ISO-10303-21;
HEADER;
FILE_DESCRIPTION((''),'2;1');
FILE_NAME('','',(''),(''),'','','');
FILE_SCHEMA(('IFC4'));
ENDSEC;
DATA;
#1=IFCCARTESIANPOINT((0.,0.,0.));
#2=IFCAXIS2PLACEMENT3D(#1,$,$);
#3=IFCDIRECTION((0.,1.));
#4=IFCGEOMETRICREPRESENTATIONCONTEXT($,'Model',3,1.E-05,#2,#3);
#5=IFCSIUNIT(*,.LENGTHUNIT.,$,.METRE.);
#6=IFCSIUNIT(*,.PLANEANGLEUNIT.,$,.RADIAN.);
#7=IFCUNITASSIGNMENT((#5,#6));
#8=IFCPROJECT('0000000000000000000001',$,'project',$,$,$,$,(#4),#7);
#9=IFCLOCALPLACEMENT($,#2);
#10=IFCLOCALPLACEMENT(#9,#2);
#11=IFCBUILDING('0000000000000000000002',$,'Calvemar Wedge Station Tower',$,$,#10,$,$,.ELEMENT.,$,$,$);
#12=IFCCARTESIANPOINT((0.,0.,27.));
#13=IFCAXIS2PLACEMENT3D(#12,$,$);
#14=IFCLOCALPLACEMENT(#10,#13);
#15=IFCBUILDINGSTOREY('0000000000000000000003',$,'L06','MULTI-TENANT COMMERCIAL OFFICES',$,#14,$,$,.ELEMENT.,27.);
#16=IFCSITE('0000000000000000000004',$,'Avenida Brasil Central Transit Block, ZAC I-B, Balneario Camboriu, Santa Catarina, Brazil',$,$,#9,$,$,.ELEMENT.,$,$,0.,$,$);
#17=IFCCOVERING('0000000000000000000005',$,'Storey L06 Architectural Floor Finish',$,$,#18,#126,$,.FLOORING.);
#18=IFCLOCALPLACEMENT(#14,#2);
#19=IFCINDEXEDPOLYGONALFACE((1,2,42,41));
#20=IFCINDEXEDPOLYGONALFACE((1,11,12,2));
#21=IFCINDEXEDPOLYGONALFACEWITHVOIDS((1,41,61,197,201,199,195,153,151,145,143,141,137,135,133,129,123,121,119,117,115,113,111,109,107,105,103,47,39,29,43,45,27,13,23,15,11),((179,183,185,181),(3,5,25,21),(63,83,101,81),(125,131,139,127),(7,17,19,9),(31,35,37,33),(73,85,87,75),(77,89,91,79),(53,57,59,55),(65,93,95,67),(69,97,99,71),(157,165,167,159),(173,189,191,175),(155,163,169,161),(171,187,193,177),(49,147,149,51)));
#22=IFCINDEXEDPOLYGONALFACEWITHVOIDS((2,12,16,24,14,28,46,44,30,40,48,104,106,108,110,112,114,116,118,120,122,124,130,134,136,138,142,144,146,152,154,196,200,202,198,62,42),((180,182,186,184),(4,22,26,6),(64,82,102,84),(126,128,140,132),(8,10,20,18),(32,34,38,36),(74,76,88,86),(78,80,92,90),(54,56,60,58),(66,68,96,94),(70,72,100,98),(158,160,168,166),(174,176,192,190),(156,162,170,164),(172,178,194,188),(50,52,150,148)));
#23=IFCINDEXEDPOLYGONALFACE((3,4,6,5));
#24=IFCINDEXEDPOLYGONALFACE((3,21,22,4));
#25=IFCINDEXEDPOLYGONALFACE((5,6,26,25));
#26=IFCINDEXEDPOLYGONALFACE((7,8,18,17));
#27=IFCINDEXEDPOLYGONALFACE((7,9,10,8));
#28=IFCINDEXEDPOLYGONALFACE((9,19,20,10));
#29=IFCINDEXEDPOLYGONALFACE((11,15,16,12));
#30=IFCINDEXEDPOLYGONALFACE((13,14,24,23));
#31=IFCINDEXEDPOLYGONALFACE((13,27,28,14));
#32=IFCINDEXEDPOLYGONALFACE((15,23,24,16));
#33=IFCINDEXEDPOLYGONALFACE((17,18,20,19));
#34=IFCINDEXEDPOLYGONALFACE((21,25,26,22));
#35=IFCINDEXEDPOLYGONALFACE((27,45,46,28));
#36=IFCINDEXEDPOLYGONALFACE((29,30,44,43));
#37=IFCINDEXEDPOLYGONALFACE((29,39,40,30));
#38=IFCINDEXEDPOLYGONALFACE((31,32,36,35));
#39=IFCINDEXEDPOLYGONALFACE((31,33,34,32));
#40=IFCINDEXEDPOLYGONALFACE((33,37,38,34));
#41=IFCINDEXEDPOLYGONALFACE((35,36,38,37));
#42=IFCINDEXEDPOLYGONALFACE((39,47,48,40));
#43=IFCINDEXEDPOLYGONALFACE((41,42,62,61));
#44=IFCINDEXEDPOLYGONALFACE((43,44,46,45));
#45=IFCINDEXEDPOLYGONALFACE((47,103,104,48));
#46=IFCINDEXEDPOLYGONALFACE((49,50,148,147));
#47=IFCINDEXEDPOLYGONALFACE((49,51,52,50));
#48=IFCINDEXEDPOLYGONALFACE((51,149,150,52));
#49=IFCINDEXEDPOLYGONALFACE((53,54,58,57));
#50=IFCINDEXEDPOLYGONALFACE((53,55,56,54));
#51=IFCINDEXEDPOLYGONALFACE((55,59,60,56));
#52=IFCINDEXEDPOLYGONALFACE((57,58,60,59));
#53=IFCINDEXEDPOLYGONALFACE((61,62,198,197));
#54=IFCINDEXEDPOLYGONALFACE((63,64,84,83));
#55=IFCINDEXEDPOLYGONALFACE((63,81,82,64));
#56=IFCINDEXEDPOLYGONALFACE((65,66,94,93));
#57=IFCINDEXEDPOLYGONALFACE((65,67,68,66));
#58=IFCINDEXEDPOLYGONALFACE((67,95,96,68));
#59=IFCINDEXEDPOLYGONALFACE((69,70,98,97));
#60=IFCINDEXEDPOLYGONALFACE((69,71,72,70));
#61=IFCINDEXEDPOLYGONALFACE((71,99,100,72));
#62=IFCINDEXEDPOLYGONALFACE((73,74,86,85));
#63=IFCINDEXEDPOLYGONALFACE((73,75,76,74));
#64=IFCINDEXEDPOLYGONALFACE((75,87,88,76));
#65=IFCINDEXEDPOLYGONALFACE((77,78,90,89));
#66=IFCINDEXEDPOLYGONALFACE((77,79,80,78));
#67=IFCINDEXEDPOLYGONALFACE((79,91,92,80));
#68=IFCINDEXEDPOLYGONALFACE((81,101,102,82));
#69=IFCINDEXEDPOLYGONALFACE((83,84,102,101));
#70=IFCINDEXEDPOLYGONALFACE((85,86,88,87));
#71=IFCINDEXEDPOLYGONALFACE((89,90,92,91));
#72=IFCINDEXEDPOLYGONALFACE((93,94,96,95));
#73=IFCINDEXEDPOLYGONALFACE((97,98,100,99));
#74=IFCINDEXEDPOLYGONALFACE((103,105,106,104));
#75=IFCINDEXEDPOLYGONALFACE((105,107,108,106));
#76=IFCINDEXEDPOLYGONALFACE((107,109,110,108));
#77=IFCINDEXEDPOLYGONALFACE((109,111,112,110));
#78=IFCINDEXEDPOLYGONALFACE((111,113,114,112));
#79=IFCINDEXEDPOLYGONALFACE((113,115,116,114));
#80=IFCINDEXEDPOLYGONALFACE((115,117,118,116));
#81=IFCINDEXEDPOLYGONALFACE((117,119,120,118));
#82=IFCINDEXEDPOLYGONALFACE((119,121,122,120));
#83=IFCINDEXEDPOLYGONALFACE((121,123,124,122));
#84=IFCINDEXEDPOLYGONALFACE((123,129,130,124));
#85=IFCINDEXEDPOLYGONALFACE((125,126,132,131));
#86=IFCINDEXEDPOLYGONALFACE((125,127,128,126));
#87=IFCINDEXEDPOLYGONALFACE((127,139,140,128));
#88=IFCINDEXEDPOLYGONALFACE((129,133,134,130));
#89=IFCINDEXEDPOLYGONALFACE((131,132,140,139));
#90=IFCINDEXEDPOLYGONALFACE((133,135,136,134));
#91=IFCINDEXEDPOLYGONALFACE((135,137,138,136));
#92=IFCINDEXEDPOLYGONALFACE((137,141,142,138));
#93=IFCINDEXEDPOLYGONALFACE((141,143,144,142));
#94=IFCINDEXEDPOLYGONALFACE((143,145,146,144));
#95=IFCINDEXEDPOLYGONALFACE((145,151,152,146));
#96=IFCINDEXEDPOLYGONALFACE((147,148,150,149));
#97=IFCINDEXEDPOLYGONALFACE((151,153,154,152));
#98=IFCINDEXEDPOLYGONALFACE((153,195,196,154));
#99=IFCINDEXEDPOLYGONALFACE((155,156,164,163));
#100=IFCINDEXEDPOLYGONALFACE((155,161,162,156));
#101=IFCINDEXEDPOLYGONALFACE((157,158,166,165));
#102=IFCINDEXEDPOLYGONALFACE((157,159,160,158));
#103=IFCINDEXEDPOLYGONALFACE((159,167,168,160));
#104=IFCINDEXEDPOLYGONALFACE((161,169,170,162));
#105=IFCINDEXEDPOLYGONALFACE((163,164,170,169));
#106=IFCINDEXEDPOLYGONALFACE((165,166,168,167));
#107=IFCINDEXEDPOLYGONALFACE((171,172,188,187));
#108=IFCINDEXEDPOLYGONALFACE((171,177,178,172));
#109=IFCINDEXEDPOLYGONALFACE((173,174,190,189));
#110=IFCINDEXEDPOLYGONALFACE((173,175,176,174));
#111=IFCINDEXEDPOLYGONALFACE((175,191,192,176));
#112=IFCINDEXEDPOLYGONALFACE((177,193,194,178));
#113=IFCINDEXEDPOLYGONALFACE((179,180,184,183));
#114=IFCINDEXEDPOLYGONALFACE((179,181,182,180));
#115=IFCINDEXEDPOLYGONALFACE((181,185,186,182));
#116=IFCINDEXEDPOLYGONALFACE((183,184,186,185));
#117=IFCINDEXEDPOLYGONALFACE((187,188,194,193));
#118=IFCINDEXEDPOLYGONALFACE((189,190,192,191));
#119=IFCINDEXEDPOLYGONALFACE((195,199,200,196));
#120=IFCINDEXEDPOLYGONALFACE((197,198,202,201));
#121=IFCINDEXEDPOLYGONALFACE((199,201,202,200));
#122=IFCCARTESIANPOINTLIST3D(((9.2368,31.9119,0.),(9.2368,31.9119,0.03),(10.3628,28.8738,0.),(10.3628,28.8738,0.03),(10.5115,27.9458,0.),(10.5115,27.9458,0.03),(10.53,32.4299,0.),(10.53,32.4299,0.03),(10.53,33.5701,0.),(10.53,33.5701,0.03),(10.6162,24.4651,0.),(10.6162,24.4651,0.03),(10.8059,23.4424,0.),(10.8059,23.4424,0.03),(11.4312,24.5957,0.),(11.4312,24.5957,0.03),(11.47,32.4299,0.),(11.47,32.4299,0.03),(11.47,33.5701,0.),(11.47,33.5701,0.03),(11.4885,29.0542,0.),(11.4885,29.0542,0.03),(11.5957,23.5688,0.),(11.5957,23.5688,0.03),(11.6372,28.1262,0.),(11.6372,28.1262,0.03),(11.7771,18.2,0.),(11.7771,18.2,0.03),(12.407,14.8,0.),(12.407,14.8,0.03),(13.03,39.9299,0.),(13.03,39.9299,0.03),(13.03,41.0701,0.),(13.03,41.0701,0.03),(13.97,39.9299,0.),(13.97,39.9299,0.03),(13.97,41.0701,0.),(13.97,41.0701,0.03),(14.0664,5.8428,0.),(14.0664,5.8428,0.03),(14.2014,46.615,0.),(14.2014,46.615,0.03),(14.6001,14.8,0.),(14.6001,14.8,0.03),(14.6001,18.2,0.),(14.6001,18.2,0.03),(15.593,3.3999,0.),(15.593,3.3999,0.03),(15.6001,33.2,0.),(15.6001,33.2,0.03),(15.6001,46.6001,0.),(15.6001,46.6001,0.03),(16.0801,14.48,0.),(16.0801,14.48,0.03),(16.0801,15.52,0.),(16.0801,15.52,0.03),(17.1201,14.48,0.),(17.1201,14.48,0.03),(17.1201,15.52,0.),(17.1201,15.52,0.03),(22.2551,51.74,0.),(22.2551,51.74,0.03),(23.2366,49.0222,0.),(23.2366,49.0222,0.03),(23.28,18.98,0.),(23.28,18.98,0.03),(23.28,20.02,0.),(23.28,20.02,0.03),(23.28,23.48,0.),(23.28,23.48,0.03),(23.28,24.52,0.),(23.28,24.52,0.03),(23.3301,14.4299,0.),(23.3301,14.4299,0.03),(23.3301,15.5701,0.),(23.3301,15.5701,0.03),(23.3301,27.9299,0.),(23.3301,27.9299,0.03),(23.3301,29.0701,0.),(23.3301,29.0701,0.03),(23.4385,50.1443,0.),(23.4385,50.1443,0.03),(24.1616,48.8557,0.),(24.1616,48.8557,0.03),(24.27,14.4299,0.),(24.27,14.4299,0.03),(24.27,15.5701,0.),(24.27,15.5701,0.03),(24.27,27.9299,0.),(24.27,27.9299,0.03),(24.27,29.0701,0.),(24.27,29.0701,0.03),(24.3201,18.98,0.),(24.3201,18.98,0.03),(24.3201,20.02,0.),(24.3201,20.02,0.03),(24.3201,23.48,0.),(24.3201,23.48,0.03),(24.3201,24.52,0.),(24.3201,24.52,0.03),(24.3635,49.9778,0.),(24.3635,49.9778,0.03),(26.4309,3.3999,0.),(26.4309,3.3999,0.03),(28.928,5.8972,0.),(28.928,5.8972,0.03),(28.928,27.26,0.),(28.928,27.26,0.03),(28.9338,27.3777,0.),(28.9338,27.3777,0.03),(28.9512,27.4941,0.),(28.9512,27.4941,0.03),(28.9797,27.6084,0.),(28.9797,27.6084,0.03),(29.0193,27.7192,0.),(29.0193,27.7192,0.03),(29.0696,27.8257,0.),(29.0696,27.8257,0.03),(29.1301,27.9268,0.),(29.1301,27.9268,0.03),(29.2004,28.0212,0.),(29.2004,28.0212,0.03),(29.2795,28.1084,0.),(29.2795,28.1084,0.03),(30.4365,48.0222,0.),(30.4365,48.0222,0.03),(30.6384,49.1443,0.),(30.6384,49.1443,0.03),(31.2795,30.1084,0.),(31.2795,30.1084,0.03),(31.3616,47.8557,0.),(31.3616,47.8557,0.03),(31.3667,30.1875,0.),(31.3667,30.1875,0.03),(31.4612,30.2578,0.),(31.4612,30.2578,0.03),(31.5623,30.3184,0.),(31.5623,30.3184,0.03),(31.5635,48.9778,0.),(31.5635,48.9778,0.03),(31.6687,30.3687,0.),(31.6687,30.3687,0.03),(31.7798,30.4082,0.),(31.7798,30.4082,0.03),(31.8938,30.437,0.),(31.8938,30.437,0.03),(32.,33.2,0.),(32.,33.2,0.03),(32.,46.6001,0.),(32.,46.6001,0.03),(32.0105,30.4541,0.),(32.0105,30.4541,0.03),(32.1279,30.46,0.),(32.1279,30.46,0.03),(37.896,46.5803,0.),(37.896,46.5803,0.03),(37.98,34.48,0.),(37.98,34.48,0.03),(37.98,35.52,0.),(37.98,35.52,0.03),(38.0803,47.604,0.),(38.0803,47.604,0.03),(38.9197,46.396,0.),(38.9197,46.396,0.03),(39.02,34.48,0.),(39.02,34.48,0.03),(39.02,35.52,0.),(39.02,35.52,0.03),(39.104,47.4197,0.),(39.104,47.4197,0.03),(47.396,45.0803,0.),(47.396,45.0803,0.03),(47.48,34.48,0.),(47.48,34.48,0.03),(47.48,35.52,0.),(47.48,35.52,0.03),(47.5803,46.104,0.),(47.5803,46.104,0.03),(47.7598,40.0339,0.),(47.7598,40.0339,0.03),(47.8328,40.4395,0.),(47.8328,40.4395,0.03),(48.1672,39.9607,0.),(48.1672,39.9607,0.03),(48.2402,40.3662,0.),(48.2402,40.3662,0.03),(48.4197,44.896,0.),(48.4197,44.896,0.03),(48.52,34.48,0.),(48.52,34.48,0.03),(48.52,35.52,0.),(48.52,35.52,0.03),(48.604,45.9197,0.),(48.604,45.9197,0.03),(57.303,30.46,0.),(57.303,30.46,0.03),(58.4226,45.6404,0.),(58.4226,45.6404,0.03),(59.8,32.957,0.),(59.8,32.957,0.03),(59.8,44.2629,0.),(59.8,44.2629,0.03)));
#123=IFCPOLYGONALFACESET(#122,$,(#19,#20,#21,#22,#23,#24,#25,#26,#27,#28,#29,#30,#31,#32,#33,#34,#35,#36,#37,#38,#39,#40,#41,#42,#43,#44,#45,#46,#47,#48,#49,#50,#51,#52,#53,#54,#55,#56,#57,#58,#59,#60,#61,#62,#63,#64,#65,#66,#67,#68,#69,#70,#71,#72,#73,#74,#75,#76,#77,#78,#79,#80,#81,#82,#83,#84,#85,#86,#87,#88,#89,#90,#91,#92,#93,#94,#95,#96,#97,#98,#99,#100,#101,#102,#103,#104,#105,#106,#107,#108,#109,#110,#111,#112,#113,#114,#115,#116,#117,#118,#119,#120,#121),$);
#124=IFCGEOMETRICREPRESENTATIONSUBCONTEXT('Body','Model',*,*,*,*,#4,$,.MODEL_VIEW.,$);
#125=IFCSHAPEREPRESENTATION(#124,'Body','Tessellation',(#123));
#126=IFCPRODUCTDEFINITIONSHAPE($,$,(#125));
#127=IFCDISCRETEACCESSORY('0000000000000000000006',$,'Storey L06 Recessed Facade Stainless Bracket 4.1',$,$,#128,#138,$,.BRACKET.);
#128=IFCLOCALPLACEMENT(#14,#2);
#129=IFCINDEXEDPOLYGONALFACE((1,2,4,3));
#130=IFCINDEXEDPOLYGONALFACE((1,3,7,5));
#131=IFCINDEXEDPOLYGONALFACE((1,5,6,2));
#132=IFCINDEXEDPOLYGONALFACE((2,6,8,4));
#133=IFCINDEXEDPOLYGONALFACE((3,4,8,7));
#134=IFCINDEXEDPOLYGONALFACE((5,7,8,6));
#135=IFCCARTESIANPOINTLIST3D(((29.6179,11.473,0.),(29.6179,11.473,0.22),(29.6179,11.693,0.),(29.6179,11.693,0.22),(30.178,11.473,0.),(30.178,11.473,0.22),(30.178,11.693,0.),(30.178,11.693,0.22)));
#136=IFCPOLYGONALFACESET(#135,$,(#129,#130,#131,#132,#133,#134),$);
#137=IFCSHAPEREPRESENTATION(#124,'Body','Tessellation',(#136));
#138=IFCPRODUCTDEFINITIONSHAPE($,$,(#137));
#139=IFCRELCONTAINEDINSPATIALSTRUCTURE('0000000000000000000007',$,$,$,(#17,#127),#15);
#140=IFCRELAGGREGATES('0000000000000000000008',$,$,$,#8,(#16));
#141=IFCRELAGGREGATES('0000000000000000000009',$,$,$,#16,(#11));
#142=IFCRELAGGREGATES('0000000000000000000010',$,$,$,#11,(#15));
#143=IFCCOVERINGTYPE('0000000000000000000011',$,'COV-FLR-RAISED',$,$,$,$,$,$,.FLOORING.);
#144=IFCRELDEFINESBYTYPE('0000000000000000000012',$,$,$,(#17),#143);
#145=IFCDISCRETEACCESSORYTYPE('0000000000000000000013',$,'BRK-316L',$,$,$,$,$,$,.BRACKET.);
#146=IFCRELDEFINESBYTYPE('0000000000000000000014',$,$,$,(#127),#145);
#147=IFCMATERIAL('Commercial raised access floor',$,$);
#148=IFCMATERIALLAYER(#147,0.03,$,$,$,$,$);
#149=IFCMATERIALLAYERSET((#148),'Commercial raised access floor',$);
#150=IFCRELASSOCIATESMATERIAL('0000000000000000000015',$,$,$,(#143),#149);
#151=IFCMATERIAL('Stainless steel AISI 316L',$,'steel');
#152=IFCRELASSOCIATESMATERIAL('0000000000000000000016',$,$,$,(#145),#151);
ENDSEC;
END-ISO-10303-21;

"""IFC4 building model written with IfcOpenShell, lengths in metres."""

from ifc_helpers import new_model, si_unit, direction, frame, origin, origin_2d, place, context, subcontext, project, spatial, polyline, rectangle, outline, extrude, source, transform, mapped, material, layer, layer_set, type_object, element, save


model = new_model("IFC4")

# Units and contexts
model_context = context("Model", 3, precision=1e-05, world=origin(), true_north=direction((0.0, 1.0)))
body_context = subcontext(model_context, "Body", "Model", "MODEL_VIEW")
ifc_project = project(units=[si_unit("LENGTHUNIT", "METRE"), si_unit("PLANEANGLEUNIT", "RADIAN")], contexts=[model_context])

# Site, building, storey
site_placement = place(None, origin())
site = spatial("IfcSite", under=ifc_project, at=site_placement, Name="Avenida Brasil Central Transit Block, ZAC I-B, Balneario Camboriu, Santa Catarina, Brazil", CompositionType="ELEMENT", RefElevation=0.0)
building_placement = place(site_placement, origin())
building = spatial("IfcBuilding", under=site, at=building_placement, Name="Calvemar Wedge Station Tower", CompositionType="ELEMENT")
storey_placement = place(building_placement, frame((0.0, 0.0, 27.0)))
storey = spatial("IfcBuildingStorey", under=building, at=storey_placement, Name="L06", Description="MULTI-TENANT COMMERCIAL OFFICES", CompositionType="ELEMENT", Elevation=27.0)

# Covering
ifc_material_1 = material(Name="Commercial raised access floor")
ifc_layer_1 = layer(ifc_material_1, 0.03)
ifc_layer_set_1 = layer_set([ifc_layer_1], Name="Commercial raised access floor")
covering_type_1 = type_object("IfcCoveringType", Name="COV-FLR-RAISED", PredefinedType="FLOORING", material=ifc_layer_set_1)
covering_1_placement = place(storey_placement, origin())
element("IfcCovering", 1, at=covering_1_placement, inside=storey, type_object=covering_type_1, Name="Storey L06 Architectural Floor Finish", PredefinedType="FLOORING", context=body_context, shape_type="SweptSolid", body=[
    extrude(outline(polyline([(29.2795, 28.1084), (31.2795, 30.1084), (31.3667, 30.1875), (31.4612, 30.2578), (31.5623, 30.3184), (31.6687, 30.3687), (31.7798, 30.4082), (31.8938, 30.437), (32.0105, 30.4541), (32.1279, 30.46), (57.303, 30.46), (59.8, 32.957), (59.8, 44.2629), (58.4226, 45.6404), (22.2551, 51.74), (14.2014, 46.615), (9.2368, 31.9119), (10.6162, 24.4651), (11.4312, 24.5957), (11.5957, 23.5688), (10.8059, 23.4424), (11.7771, 18.2), (14.6001, 18.2), (14.6001, 14.8), (12.407, 14.8), (14.0664, 5.8428), (15.593, 3.3999), (26.4309, 3.3999), (28.928, 5.8972), (28.928, 27.26), (28.9338, 27.3777), (28.9512, 27.4941), (28.9797, 27.6084), (29.0193, 27.7192), (29.0696, 27.8257), (29.1301, 27.9268), (29.2004, 28.0212), (29.2795, 28.1084)]), holes=[polyline([(15.6001, 46.6001), (32.0, 46.6001), (32.0, 33.2), (15.6001, 33.2), (15.6001, 46.6001)]), polyline([(10.53, 32.4299), (10.53, 33.5701), (11.47, 33.5701), (11.47, 32.4299), (10.53, 32.4299)]), polyline([(13.03, 41.0701), (13.97, 41.0701), (13.97, 39.9299), (13.03, 39.9299), (13.03, 41.0701)]), polyline([(24.3635, 49.9778), (24.1616, 48.8557), (23.2366, 49.0222), (23.4385, 50.1443), (24.3635, 49.9778)]), polyline([(31.3616, 47.8557), (30.4365, 48.0222), (30.6384, 49.1443), (31.5635, 48.9778), (31.3616, 47.8557)]), polyline([(37.896, 46.5803), (38.0803, 47.604), (39.104, 47.4197), (38.9197, 46.396), (37.896, 46.5803)]), polyline([(47.5803, 46.104), (48.604, 45.9197), (48.4197, 44.896), (47.396, 45.0803), (47.5803, 46.104)]), polyline([(39.02, 35.52), (39.02, 34.48), (37.98, 34.48), (37.98, 35.52), (39.02, 35.52)]), polyline([(48.52, 34.48), (47.48, 34.48), (47.48, 35.52), (48.52, 35.52), (48.52, 34.48)]), polyline([(47.7598, 40.0339), (47.8328, 40.4395), (48.2402, 40.3662), (48.1672, 39.9607), (47.7598, 40.0339)]), polyline([(11.4885, 29.0542), (11.6372, 28.1262), (10.5115, 27.9458), (10.3628, 28.8738), (11.4885, 29.0542)]), polyline([(24.27, 27.9299), (23.3301, 27.9299), (23.3301, 29.0701), (24.27, 29.0701), (24.27, 27.9299)]), polyline([(23.28, 23.48), (23.28, 24.52), (24.3201, 24.52), (24.3201, 23.48), (23.28, 23.48)]), polyline([(23.28, 20.02), (24.3201, 20.02), (24.3201, 18.98), (23.28, 18.98), (23.28, 20.02)]), polyline([(24.27, 15.5701), (24.27, 14.4299), (23.3301, 14.4299), (23.3301, 15.5701), (24.27, 15.5701)]), polyline([(17.1201, 14.48), (16.0801, 14.48), (16.0801, 15.52), (17.1201, 15.52), (17.1201, 14.48)])]), origin(), (0.0, 0.0, 1.0), 0.03),
])

# Discrete accessory
ifc_material_2 = material(Name="Stainless steel AISI 316L", Category="steel")
discrete_accessory_type = type_object("IfcDiscreteAccessoryType", Name="BRK-316L", PredefinedType="BRACKET", material=ifc_material_2)
shared_shape_1 = source(origin(), body_context, "Body", "SweptSolid", [
    extrude(rectangle(XDim=0.22, YDim=0.5601, at=origin_2d()), origin(), (0.0, 0.0, 1.0), 0.22),
])
discrete_accessory_placement = place(storey_placement, frame((29.8979, 11.583, 0.0), z_axis=(0.0, 0.0, 1.0), x_axis=(0.0, 1.0, 0.0)))
element("IfcDiscreteAccessory", 2, at=discrete_accessory_placement, inside=storey, type_object=discrete_accessory_type, Name="Storey L06 Recessed Facade Stainless Bracket 4.1", PredefinedType="BRACKET", context=body_context, shape_type="MappedRepresentation", body=[
    mapped(shared_shape_1, transform((0.0, 0.0, 0.0), scale=1.0)),
])

save(model, "model.ifc")
